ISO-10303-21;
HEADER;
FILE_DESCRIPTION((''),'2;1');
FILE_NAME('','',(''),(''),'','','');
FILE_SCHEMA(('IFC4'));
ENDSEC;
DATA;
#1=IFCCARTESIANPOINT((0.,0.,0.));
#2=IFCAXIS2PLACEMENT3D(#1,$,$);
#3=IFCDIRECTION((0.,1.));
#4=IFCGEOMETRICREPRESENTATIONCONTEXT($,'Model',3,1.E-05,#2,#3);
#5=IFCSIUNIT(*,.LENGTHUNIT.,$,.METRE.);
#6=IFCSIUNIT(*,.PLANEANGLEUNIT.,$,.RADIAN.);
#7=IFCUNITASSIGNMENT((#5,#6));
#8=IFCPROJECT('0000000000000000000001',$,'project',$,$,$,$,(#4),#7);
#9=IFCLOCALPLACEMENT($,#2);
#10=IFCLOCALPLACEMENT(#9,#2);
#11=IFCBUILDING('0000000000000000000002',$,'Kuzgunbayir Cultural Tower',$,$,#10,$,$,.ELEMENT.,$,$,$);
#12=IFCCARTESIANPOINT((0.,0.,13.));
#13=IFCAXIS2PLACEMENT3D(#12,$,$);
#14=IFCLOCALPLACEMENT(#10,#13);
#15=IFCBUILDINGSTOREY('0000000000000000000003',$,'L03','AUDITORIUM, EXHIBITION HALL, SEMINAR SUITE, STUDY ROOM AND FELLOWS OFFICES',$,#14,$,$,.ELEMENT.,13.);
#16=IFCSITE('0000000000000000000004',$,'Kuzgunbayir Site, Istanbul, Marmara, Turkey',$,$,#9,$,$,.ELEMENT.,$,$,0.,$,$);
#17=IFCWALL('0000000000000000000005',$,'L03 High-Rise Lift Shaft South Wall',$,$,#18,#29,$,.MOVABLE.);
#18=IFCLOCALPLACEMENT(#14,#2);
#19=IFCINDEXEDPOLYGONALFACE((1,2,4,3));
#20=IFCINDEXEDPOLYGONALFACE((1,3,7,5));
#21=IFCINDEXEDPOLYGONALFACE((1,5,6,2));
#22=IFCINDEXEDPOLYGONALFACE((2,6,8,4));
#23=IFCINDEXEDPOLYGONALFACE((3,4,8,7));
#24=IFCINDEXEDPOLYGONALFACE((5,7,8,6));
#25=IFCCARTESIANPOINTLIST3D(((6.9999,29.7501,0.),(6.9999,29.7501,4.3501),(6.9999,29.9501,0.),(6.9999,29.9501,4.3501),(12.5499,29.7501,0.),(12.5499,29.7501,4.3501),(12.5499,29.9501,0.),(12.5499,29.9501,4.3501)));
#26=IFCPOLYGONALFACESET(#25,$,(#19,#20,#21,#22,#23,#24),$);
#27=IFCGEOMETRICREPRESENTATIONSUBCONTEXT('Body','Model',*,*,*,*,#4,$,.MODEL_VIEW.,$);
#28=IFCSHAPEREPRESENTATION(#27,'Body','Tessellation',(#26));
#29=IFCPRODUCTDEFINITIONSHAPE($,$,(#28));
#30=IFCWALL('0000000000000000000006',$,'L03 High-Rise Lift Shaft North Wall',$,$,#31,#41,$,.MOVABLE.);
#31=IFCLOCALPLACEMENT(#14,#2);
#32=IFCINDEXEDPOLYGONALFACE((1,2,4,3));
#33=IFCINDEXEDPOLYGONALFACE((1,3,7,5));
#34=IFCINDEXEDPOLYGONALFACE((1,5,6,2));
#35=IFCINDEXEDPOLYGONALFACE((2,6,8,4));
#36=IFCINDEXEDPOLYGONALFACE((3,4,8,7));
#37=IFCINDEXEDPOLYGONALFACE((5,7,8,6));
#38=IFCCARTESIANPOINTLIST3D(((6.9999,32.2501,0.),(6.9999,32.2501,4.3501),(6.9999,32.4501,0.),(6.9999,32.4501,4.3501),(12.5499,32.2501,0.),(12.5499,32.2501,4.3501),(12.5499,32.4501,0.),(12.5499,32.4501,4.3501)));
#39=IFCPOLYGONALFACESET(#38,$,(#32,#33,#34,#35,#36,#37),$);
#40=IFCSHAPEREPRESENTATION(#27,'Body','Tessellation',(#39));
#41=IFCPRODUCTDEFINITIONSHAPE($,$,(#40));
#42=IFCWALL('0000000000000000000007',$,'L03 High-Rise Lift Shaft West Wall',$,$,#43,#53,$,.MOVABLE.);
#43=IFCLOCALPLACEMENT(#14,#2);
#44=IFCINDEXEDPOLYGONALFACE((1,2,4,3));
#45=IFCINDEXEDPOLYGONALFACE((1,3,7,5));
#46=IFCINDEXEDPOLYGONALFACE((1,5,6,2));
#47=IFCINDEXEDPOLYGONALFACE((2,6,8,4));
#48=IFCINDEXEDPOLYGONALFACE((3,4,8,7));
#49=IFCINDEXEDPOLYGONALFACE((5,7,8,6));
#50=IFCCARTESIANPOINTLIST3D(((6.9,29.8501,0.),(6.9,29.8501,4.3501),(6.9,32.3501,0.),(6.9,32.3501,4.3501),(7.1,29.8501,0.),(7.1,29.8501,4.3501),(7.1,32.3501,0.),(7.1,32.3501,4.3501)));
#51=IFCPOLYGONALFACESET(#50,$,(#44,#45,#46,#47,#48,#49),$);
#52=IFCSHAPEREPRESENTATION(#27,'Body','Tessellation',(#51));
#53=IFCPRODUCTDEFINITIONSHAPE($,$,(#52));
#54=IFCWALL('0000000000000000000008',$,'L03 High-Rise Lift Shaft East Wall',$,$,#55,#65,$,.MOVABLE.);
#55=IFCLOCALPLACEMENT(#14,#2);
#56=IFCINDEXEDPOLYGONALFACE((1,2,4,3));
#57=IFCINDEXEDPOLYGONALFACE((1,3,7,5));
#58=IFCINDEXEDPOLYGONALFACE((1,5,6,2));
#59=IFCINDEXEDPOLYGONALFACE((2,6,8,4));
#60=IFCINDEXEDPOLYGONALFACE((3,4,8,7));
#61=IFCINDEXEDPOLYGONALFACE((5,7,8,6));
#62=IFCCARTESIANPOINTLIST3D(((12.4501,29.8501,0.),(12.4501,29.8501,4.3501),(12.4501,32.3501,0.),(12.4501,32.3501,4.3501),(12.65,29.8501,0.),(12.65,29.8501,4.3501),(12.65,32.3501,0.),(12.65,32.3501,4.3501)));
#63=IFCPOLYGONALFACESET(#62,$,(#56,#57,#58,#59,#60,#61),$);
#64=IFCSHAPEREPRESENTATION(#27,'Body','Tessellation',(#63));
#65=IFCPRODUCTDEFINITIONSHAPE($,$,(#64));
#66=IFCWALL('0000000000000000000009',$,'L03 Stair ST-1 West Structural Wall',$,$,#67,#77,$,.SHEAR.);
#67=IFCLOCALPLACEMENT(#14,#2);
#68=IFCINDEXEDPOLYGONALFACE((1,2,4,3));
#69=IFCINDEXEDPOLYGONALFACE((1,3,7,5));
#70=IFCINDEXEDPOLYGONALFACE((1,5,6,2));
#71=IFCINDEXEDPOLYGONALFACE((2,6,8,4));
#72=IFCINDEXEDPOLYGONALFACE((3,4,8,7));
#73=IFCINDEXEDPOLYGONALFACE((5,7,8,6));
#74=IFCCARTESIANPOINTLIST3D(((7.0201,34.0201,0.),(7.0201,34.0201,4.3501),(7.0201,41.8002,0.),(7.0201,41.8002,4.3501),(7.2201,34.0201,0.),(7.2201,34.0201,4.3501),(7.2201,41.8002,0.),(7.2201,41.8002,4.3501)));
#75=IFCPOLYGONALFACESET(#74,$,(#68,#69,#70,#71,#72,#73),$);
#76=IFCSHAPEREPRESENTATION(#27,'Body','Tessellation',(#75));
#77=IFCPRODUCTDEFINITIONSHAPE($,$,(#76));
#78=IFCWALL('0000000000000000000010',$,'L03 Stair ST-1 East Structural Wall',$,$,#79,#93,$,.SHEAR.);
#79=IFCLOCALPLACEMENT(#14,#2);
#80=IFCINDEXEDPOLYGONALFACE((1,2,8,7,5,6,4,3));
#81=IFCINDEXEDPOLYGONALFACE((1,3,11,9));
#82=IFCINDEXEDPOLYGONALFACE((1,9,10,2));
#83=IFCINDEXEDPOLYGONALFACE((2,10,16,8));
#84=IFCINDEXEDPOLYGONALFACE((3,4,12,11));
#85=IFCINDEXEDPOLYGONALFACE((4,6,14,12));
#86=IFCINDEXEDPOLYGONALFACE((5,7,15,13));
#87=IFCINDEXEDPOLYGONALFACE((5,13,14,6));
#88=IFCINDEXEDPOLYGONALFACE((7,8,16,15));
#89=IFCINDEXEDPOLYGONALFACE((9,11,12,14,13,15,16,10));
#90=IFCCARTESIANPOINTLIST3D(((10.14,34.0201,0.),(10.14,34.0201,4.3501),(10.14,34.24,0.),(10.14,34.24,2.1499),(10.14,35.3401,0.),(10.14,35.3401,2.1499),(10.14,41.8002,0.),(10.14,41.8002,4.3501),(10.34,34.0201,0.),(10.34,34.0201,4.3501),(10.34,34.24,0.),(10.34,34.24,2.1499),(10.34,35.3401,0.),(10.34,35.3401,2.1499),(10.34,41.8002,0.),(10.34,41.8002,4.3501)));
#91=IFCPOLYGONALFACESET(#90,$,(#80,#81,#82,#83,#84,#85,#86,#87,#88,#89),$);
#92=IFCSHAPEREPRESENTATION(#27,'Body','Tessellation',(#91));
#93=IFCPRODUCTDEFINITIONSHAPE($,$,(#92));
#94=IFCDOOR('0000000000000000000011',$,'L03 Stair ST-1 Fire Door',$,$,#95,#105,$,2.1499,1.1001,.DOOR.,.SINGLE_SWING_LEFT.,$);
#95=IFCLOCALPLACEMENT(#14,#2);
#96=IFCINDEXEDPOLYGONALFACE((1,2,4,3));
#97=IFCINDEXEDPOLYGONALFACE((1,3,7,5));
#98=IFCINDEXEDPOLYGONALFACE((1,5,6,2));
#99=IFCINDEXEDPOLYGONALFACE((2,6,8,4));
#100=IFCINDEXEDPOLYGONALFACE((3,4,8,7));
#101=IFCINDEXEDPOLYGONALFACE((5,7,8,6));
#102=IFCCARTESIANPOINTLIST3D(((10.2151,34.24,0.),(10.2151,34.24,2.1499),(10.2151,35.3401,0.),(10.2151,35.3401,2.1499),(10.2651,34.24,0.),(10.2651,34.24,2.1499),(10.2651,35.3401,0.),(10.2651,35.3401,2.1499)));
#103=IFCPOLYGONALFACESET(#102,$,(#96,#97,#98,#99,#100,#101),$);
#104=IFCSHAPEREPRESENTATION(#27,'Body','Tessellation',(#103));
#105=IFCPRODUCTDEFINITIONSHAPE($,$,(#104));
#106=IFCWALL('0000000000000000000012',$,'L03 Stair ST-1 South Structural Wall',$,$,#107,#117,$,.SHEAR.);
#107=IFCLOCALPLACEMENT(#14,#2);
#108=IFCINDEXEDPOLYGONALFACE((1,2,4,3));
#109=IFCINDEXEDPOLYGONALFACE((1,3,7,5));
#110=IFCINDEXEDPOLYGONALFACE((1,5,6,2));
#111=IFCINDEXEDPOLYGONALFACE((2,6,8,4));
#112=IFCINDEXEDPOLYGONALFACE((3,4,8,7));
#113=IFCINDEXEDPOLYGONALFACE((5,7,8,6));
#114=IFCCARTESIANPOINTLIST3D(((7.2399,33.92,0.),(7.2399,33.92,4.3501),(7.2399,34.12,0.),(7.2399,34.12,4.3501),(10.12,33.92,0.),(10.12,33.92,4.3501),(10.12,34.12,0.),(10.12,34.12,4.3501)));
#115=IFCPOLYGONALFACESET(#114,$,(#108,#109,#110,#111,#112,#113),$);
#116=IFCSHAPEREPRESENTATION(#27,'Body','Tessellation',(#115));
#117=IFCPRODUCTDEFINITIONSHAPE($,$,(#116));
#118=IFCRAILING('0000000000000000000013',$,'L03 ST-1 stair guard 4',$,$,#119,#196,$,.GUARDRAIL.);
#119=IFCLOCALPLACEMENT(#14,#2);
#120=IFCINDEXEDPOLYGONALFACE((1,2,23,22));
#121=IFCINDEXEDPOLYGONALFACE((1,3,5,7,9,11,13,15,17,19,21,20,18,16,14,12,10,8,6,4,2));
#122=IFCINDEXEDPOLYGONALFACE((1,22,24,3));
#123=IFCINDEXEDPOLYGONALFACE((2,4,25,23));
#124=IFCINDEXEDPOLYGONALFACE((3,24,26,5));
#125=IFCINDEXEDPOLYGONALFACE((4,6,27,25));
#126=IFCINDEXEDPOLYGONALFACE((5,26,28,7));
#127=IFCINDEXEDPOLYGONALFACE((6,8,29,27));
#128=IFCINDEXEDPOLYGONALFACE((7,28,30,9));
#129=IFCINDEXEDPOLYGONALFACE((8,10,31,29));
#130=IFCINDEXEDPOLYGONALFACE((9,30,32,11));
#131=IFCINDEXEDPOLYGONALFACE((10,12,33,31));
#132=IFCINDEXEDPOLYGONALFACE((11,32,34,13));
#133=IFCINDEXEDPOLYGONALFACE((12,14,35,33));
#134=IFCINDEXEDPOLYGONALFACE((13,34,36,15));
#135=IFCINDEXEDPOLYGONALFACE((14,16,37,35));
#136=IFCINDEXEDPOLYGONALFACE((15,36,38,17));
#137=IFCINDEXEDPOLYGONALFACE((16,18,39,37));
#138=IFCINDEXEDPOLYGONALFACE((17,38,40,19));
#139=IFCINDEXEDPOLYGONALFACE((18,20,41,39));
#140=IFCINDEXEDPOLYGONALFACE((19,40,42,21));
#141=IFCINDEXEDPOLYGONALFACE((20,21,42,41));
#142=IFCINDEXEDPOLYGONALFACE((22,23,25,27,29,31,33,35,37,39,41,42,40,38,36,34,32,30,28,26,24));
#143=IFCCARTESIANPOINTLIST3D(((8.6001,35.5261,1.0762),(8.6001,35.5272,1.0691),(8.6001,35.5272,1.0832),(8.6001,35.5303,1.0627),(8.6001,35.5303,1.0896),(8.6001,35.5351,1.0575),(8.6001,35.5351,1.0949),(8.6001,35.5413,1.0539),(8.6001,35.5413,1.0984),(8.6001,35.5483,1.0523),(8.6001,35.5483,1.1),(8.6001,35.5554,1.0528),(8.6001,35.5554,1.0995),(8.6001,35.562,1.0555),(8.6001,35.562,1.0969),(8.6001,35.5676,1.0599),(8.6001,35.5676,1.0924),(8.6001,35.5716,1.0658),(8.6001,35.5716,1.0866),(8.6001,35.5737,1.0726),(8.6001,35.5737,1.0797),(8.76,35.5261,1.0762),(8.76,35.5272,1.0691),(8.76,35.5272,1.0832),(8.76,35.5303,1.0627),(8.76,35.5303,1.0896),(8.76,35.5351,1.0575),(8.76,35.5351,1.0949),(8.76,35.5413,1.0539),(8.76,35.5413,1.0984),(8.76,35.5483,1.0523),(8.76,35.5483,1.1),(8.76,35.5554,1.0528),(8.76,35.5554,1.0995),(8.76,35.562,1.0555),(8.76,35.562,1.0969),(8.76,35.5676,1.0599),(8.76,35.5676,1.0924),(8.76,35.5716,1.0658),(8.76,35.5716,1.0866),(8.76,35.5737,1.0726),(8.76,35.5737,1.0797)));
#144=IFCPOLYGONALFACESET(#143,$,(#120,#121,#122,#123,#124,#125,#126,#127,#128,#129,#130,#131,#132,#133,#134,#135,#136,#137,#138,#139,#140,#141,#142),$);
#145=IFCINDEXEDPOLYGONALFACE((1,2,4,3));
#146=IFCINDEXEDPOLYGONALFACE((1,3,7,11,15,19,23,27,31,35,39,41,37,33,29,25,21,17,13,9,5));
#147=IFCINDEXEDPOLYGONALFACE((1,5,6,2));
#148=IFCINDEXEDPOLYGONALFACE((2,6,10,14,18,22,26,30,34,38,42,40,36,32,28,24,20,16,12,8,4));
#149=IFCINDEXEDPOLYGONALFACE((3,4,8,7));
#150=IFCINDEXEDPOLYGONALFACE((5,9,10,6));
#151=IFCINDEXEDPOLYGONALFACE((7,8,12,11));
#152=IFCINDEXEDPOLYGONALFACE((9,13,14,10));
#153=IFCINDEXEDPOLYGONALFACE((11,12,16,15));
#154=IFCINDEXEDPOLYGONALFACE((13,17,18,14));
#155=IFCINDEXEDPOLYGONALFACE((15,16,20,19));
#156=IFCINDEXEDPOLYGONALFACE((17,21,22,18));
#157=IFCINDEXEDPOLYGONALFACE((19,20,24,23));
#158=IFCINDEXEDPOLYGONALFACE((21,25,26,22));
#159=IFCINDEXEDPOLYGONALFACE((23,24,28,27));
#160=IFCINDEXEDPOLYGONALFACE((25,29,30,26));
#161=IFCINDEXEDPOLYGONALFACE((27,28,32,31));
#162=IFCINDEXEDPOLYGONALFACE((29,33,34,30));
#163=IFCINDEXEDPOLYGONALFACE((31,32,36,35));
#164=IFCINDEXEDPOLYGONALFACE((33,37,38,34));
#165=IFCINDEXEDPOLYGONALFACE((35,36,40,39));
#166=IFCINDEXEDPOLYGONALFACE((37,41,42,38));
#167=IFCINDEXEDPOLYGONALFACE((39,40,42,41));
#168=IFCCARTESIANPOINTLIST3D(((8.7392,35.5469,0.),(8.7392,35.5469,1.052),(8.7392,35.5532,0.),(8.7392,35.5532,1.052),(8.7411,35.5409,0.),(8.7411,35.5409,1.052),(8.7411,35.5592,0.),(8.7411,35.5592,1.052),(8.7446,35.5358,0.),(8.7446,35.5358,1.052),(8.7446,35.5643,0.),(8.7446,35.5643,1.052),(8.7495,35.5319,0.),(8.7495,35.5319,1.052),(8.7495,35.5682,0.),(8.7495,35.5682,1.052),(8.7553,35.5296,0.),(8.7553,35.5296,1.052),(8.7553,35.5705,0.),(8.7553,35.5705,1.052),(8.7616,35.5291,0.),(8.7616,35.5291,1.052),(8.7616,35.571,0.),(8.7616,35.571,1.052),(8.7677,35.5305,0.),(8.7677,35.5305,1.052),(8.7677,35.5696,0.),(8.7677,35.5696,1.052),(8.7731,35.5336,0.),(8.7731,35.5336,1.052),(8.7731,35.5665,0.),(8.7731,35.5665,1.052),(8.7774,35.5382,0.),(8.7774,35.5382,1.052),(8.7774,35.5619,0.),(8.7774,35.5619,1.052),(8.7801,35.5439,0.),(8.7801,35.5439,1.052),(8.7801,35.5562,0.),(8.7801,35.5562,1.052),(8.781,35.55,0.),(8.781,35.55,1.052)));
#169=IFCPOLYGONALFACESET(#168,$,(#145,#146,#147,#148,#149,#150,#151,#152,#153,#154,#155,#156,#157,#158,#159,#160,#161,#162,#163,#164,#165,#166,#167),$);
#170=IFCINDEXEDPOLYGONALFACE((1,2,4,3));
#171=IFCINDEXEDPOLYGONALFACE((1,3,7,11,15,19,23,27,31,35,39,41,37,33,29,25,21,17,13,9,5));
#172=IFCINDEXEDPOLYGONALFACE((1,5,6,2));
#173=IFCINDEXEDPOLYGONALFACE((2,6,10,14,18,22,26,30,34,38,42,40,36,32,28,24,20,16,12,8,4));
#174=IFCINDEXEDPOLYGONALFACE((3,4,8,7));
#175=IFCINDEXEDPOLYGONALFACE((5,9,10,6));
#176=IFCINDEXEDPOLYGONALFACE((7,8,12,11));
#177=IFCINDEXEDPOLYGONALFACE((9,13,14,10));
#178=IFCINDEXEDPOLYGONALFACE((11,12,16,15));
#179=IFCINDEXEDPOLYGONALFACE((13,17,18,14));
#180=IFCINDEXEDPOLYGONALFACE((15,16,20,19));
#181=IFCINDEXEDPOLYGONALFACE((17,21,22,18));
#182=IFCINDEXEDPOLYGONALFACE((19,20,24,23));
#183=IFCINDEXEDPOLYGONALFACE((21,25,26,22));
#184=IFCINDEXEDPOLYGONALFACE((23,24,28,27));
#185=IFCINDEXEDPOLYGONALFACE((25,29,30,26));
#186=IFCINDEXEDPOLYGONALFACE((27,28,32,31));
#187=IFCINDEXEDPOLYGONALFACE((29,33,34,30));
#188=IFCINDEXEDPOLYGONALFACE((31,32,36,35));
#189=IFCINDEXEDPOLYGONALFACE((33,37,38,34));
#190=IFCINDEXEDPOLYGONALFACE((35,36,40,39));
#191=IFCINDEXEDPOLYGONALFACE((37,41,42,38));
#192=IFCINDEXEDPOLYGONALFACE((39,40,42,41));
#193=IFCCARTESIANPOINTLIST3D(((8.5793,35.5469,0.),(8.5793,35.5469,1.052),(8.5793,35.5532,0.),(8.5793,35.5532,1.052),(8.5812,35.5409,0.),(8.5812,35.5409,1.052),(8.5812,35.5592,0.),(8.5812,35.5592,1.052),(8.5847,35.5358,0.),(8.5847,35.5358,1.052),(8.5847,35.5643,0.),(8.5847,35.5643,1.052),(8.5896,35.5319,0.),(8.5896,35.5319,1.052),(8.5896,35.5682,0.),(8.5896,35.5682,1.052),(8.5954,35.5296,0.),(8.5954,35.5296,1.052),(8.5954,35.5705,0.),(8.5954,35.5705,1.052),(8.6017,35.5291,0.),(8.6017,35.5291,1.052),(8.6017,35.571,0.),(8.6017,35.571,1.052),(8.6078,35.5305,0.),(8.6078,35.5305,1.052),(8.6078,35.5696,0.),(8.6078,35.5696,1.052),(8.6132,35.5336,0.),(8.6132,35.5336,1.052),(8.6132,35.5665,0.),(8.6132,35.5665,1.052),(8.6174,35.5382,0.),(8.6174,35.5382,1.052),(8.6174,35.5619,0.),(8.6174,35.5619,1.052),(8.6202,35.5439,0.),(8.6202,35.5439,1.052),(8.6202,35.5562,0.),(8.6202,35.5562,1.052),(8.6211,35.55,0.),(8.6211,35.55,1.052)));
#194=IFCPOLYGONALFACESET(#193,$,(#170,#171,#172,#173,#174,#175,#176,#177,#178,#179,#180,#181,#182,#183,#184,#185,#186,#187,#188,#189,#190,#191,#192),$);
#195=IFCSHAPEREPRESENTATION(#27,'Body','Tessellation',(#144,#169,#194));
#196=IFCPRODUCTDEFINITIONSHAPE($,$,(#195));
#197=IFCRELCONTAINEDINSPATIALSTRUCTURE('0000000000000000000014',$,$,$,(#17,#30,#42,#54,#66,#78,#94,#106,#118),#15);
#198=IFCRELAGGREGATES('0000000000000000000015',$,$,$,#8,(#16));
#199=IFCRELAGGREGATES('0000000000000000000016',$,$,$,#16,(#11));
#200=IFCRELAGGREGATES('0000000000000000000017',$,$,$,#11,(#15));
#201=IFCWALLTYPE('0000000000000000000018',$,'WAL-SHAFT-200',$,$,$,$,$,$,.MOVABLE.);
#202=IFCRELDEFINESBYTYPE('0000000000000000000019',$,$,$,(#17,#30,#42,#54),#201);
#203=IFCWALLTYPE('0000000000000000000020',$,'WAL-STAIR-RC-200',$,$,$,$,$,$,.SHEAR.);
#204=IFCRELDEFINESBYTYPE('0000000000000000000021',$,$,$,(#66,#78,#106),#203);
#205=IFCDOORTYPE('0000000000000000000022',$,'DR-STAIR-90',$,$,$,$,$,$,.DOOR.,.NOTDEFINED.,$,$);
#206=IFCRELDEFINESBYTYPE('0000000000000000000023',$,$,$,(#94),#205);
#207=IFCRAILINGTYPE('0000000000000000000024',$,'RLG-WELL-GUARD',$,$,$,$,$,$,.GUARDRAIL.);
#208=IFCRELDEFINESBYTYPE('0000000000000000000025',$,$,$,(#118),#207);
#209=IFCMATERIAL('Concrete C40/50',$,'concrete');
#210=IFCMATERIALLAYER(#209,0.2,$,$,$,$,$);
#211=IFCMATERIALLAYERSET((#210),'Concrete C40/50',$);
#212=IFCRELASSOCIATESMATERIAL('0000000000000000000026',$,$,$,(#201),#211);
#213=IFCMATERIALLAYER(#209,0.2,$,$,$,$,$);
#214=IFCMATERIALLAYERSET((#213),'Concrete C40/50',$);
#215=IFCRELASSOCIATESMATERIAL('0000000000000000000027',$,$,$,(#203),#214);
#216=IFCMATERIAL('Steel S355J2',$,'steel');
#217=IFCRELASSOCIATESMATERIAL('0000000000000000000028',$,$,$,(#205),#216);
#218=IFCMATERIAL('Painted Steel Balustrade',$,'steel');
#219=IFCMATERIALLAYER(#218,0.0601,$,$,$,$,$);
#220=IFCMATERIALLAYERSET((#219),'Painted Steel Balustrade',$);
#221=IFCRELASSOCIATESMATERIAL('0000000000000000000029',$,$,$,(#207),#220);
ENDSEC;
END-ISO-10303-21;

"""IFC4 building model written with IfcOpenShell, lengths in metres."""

from ifc_helpers import new_model, si_unit, direction, frame, frame_2d, origin, origin_2d, place, context, subcontext, project, spatial, rectangle, circle, extrude, material, layer, layer_set, type_object, element, fill, save


model = new_model("IFC4")

# Units and contexts
model_context = context("Model", 3, precision=1e-05, world=origin(), true_north=direction((0.0, 1.0)))
body_context = subcontext(model_context, "Body", "Model", "MODEL_VIEW")
ifc_project = project(units=[si_unit("LENGTHUNIT", "METRE"), si_unit("PLANEANGLEUNIT", "RADIAN")], contexts=[model_context])

# Site, building, storey
site_placement = place(None, origin())
site = spatial("IfcSite", under=ifc_project, at=site_placement, Name="Kuzgunbayir Site, Istanbul, Marmara, Turkey", CompositionType="ELEMENT", RefElevation=0.0)
building_placement = place(site_placement, origin())
building = spatial("IfcBuilding", under=site, at=building_placement, Name="Kuzgunbayir Cultural Tower", CompositionType="ELEMENT")
storey_placement = place(building_placement, frame((0.0, 0.0, 13.0)))
storey = spatial("IfcBuildingStorey", under=building, at=storey_placement, Name="L03", Description="AUDITORIUM, EXHIBITION HALL, SEMINAR SUITE, STUDY ROOM AND FELLOWS OFFICES", CompositionType="ELEMENT", Elevation=13.0)

# Shared definitions
ifc_material_1 = material(Name="Steel S355J2", Category="steel")

# Walls
ifc_material_2 = material(Name="Concrete C40/50", Category="concrete")
ifc_layer_1 = layer(ifc_material_2, 0.2)
ifc_layer_set_1 = layer_set([ifc_layer_1], Name="Concrete C40/50")
wall_type_1 = type_object("IfcWallType", Name="WAL-SHAFT-200", PredefinedType="MOVABLE", material=ifc_layer_set_1)
for number, where, z_axis, x_axis, name in (
    (1, (7.0, 29.8501, 0.0), (0.0, 0.0, 1.0), (1.0, 0.0, 0.0), "L03 High-Rise Lift Shaft South Wall"),
    (2, (7.0, 32.3501, 0.0), (0.0, 0.0, 1.0), (1.0, 0.0, 0.0), "L03 High-Rise Lift Shaft North Wall"),
):
    element("IfcWall", number, at=place(storey_placement, frame(where, z_axis=z_axis, x_axis=x_axis)), inside=storey, type_object=wall_type_1, Name=name, PredefinedType="MOVABLE", context=body_context, shape_type="SweptSolid", body=[
        extrude(rectangle(XDim=5.55, YDim=0.2, at=frame_2d((2.7749, 0.0))), origin(), (0.0, 0.0, 1.0), 4.3501),
    ])
for number, where, z_axis, x_axis, name in (
    (3, (7.0, 29.8501, 0.0), (0.0, 0.0, 1.0), (0.0, 1.0, 0.0), "L03 High-Rise Lift Shaft West Wall"),
    (4, (12.55, 29.8501, 0.0), (0.0, 0.0, 1.0), (0.0, 1.0, 0.0), "L03 High-Rise Lift Shaft East Wall"),
):
    element("IfcWall", number, at=place(storey_placement, frame(where, z_axis=z_axis, x_axis=x_axis)), inside=storey, type_object=wall_type_1, Name=name, PredefinedType="MOVABLE", context=body_context, shape_type="SweptSolid", body=[
        extrude(rectangle(XDim=2.5, YDim=0.2, at=frame_2d((1.25, 0.0))), origin(), (0.0, 0.0, 1.0), 4.3501),
    ])
ifc_layer_2 = layer(ifc_material_2, 0.2)
ifc_layer_set_2 = layer_set([ifc_layer_2], Name="Concrete C40/50")
wall_type_2 = type_object("IfcWallType", Name="WAL-STAIR-RC-200", PredefinedType="SHEAR", material=ifc_layer_set_2)
wall_1_placement = place(storey_placement, frame((7.1201, 34.02, 0.0), z_axis=(0.0, 0.0, 1.0), x_axis=(0.0, 1.0, 0.0)))
element("IfcWall", 5, at=wall_1_placement, inside=storey, type_object=wall_type_2, Name="L03 Stair ST-1 West Structural Wall", PredefinedType="SHEAR", context=body_context, shape_type="SweptSolid", body=[
    extrude(rectangle(XDim=7.78, YDim=0.2, at=frame_2d((3.8901, 0.0))), origin(), (0.0, 0.0, 1.0), 4.3501),
])

# Wall, opening, door
wall_2_placement = place(storey_placement, frame((10.24, 34.02, 0.0), z_axis=(0.0, 0.0, 1.0), x_axis=(0.0, 1.0, 0.0)))
wall_2 = element("IfcWall", 6, at=wall_2_placement, inside=storey, type_object=wall_type_2, Name="L03 Stair ST-1 East Structural Wall", PredefinedType="SHEAR", context=body_context, shape_type="SweptSolid", body=[
    extrude(rectangle(XDim=7.78, YDim=0.2, at=frame_2d((3.8901, 0.0))), origin(), (0.0, 0.0, 1.0), 4.3501),
])
opening_1_placement = place(wall_2_placement, frame((0.22, 0.0, 0.0)))
opening_1 = element("IfcOpeningElement", 7, at=opening_1_placement, cuts=wall_2, PredefinedType="OPENING", context=body_context, shape_type="SweptSolid", body=[
    extrude(rectangle(XDim=1.1001, YDim=2.1499, at=frame_2d((0.55, 1.075))), frame((0.0, 0.1099, 0.0), z_axis=(0.0, -1.0, 0.0), x_axis=(1.0, 0.0, 0.0)), (0.0, 0.0, 1.0), 0.22),
])
door_type_1 = type_object("IfcDoorType", Name="DR-STAIR-90", OperationType="NOTDEFINED", PredefinedType="DOOR", material=ifc_material_1)
door_1_placement = place(opening_1_placement, origin())
door_1 = element("IfcDoor", 8, at=door_1_placement, inside=storey, type_object=door_type_1, Name="L03 Stair ST-1 Fire Door", OperationType="SINGLE_SWING_LEFT", OverallHeight=2.1499, OverallWidth=1.1001, PredefinedType="DOOR", context=body_context, shape_type="SweptSolid", body=[
    extrude(rectangle(XDim=1.1001, YDim=2.1499, at=frame_2d((0.55, 1.075))), frame((0.0, 0.0249, 0.0), z_axis=(0.0, -1.0, 0.0), x_axis=(1.0, 0.0, 0.0)), (0.0, 0.0, 1.0), 0.05),
])
fill(opening_1, door_1)

# Wall
wall_3_placement = place(storey_placement, frame((7.24, 34.02, 0.0), z_axis=(0.0, 0.0, 1.0), x_axis=(1.0, 0.0, 0.0)))
element("IfcWall", 9, at=wall_3_placement, inside=storey, type_object=wall_type_2, Name="L03 Stair ST-1 South Structural Wall", PredefinedType="SHEAR", context=body_context, shape_type="SweptSolid", body=[
    extrude(rectangle(XDim=2.8801, YDim=0.2, at=frame_2d((1.4399, 0.0))), origin(), (0.0, 0.0, 1.0), 4.3501),
])

# Railing
ifc_material_3 = material(Name="Painted Steel Balustrade", Category="steel")
ifc_layer_3 = layer(ifc_material_3, 0.0601)
ifc_layer_set_3 = layer_set([ifc_layer_3], Name="Painted Steel Balustrade")
railing_type = type_object("IfcRailingType", Name="RLG-WELL-GUARD", PredefinedType="GUARDRAIL", material=ifc_layer_set_3)
railing_placement = place(storey_placement, frame((8.76, 35.55, 0.0)))
element("IfcRailing", 10, at=railing_placement, inside=storey, type_object=railing_type, Name="L03 ST-1 stair guard 4", PredefinedType="GUARDRAIL", context=body_context, shape_type="SweptSolid", body=[
    extrude(circle(Radius=0.0239, at=origin_2d()), frame((0.0, 0.0, 1.0762), z_axis=(-1.0, 0.0, 0.0), x_axis=(0.0, -1.0, 0.0)), (0.0, 0.0, 1.0), 0.1599),
    extrude(circle(Radius=0.021, at=origin_2d()), origin(), (0.0, 0.0, 1.0), 1.052),
    extrude(circle(Radius=0.021, at=origin_2d()), frame((-0.1599, 0.0, 0.0)), (0.0, 0.0, 1.0), 1.052),
])

save(model, "model.ifc")
